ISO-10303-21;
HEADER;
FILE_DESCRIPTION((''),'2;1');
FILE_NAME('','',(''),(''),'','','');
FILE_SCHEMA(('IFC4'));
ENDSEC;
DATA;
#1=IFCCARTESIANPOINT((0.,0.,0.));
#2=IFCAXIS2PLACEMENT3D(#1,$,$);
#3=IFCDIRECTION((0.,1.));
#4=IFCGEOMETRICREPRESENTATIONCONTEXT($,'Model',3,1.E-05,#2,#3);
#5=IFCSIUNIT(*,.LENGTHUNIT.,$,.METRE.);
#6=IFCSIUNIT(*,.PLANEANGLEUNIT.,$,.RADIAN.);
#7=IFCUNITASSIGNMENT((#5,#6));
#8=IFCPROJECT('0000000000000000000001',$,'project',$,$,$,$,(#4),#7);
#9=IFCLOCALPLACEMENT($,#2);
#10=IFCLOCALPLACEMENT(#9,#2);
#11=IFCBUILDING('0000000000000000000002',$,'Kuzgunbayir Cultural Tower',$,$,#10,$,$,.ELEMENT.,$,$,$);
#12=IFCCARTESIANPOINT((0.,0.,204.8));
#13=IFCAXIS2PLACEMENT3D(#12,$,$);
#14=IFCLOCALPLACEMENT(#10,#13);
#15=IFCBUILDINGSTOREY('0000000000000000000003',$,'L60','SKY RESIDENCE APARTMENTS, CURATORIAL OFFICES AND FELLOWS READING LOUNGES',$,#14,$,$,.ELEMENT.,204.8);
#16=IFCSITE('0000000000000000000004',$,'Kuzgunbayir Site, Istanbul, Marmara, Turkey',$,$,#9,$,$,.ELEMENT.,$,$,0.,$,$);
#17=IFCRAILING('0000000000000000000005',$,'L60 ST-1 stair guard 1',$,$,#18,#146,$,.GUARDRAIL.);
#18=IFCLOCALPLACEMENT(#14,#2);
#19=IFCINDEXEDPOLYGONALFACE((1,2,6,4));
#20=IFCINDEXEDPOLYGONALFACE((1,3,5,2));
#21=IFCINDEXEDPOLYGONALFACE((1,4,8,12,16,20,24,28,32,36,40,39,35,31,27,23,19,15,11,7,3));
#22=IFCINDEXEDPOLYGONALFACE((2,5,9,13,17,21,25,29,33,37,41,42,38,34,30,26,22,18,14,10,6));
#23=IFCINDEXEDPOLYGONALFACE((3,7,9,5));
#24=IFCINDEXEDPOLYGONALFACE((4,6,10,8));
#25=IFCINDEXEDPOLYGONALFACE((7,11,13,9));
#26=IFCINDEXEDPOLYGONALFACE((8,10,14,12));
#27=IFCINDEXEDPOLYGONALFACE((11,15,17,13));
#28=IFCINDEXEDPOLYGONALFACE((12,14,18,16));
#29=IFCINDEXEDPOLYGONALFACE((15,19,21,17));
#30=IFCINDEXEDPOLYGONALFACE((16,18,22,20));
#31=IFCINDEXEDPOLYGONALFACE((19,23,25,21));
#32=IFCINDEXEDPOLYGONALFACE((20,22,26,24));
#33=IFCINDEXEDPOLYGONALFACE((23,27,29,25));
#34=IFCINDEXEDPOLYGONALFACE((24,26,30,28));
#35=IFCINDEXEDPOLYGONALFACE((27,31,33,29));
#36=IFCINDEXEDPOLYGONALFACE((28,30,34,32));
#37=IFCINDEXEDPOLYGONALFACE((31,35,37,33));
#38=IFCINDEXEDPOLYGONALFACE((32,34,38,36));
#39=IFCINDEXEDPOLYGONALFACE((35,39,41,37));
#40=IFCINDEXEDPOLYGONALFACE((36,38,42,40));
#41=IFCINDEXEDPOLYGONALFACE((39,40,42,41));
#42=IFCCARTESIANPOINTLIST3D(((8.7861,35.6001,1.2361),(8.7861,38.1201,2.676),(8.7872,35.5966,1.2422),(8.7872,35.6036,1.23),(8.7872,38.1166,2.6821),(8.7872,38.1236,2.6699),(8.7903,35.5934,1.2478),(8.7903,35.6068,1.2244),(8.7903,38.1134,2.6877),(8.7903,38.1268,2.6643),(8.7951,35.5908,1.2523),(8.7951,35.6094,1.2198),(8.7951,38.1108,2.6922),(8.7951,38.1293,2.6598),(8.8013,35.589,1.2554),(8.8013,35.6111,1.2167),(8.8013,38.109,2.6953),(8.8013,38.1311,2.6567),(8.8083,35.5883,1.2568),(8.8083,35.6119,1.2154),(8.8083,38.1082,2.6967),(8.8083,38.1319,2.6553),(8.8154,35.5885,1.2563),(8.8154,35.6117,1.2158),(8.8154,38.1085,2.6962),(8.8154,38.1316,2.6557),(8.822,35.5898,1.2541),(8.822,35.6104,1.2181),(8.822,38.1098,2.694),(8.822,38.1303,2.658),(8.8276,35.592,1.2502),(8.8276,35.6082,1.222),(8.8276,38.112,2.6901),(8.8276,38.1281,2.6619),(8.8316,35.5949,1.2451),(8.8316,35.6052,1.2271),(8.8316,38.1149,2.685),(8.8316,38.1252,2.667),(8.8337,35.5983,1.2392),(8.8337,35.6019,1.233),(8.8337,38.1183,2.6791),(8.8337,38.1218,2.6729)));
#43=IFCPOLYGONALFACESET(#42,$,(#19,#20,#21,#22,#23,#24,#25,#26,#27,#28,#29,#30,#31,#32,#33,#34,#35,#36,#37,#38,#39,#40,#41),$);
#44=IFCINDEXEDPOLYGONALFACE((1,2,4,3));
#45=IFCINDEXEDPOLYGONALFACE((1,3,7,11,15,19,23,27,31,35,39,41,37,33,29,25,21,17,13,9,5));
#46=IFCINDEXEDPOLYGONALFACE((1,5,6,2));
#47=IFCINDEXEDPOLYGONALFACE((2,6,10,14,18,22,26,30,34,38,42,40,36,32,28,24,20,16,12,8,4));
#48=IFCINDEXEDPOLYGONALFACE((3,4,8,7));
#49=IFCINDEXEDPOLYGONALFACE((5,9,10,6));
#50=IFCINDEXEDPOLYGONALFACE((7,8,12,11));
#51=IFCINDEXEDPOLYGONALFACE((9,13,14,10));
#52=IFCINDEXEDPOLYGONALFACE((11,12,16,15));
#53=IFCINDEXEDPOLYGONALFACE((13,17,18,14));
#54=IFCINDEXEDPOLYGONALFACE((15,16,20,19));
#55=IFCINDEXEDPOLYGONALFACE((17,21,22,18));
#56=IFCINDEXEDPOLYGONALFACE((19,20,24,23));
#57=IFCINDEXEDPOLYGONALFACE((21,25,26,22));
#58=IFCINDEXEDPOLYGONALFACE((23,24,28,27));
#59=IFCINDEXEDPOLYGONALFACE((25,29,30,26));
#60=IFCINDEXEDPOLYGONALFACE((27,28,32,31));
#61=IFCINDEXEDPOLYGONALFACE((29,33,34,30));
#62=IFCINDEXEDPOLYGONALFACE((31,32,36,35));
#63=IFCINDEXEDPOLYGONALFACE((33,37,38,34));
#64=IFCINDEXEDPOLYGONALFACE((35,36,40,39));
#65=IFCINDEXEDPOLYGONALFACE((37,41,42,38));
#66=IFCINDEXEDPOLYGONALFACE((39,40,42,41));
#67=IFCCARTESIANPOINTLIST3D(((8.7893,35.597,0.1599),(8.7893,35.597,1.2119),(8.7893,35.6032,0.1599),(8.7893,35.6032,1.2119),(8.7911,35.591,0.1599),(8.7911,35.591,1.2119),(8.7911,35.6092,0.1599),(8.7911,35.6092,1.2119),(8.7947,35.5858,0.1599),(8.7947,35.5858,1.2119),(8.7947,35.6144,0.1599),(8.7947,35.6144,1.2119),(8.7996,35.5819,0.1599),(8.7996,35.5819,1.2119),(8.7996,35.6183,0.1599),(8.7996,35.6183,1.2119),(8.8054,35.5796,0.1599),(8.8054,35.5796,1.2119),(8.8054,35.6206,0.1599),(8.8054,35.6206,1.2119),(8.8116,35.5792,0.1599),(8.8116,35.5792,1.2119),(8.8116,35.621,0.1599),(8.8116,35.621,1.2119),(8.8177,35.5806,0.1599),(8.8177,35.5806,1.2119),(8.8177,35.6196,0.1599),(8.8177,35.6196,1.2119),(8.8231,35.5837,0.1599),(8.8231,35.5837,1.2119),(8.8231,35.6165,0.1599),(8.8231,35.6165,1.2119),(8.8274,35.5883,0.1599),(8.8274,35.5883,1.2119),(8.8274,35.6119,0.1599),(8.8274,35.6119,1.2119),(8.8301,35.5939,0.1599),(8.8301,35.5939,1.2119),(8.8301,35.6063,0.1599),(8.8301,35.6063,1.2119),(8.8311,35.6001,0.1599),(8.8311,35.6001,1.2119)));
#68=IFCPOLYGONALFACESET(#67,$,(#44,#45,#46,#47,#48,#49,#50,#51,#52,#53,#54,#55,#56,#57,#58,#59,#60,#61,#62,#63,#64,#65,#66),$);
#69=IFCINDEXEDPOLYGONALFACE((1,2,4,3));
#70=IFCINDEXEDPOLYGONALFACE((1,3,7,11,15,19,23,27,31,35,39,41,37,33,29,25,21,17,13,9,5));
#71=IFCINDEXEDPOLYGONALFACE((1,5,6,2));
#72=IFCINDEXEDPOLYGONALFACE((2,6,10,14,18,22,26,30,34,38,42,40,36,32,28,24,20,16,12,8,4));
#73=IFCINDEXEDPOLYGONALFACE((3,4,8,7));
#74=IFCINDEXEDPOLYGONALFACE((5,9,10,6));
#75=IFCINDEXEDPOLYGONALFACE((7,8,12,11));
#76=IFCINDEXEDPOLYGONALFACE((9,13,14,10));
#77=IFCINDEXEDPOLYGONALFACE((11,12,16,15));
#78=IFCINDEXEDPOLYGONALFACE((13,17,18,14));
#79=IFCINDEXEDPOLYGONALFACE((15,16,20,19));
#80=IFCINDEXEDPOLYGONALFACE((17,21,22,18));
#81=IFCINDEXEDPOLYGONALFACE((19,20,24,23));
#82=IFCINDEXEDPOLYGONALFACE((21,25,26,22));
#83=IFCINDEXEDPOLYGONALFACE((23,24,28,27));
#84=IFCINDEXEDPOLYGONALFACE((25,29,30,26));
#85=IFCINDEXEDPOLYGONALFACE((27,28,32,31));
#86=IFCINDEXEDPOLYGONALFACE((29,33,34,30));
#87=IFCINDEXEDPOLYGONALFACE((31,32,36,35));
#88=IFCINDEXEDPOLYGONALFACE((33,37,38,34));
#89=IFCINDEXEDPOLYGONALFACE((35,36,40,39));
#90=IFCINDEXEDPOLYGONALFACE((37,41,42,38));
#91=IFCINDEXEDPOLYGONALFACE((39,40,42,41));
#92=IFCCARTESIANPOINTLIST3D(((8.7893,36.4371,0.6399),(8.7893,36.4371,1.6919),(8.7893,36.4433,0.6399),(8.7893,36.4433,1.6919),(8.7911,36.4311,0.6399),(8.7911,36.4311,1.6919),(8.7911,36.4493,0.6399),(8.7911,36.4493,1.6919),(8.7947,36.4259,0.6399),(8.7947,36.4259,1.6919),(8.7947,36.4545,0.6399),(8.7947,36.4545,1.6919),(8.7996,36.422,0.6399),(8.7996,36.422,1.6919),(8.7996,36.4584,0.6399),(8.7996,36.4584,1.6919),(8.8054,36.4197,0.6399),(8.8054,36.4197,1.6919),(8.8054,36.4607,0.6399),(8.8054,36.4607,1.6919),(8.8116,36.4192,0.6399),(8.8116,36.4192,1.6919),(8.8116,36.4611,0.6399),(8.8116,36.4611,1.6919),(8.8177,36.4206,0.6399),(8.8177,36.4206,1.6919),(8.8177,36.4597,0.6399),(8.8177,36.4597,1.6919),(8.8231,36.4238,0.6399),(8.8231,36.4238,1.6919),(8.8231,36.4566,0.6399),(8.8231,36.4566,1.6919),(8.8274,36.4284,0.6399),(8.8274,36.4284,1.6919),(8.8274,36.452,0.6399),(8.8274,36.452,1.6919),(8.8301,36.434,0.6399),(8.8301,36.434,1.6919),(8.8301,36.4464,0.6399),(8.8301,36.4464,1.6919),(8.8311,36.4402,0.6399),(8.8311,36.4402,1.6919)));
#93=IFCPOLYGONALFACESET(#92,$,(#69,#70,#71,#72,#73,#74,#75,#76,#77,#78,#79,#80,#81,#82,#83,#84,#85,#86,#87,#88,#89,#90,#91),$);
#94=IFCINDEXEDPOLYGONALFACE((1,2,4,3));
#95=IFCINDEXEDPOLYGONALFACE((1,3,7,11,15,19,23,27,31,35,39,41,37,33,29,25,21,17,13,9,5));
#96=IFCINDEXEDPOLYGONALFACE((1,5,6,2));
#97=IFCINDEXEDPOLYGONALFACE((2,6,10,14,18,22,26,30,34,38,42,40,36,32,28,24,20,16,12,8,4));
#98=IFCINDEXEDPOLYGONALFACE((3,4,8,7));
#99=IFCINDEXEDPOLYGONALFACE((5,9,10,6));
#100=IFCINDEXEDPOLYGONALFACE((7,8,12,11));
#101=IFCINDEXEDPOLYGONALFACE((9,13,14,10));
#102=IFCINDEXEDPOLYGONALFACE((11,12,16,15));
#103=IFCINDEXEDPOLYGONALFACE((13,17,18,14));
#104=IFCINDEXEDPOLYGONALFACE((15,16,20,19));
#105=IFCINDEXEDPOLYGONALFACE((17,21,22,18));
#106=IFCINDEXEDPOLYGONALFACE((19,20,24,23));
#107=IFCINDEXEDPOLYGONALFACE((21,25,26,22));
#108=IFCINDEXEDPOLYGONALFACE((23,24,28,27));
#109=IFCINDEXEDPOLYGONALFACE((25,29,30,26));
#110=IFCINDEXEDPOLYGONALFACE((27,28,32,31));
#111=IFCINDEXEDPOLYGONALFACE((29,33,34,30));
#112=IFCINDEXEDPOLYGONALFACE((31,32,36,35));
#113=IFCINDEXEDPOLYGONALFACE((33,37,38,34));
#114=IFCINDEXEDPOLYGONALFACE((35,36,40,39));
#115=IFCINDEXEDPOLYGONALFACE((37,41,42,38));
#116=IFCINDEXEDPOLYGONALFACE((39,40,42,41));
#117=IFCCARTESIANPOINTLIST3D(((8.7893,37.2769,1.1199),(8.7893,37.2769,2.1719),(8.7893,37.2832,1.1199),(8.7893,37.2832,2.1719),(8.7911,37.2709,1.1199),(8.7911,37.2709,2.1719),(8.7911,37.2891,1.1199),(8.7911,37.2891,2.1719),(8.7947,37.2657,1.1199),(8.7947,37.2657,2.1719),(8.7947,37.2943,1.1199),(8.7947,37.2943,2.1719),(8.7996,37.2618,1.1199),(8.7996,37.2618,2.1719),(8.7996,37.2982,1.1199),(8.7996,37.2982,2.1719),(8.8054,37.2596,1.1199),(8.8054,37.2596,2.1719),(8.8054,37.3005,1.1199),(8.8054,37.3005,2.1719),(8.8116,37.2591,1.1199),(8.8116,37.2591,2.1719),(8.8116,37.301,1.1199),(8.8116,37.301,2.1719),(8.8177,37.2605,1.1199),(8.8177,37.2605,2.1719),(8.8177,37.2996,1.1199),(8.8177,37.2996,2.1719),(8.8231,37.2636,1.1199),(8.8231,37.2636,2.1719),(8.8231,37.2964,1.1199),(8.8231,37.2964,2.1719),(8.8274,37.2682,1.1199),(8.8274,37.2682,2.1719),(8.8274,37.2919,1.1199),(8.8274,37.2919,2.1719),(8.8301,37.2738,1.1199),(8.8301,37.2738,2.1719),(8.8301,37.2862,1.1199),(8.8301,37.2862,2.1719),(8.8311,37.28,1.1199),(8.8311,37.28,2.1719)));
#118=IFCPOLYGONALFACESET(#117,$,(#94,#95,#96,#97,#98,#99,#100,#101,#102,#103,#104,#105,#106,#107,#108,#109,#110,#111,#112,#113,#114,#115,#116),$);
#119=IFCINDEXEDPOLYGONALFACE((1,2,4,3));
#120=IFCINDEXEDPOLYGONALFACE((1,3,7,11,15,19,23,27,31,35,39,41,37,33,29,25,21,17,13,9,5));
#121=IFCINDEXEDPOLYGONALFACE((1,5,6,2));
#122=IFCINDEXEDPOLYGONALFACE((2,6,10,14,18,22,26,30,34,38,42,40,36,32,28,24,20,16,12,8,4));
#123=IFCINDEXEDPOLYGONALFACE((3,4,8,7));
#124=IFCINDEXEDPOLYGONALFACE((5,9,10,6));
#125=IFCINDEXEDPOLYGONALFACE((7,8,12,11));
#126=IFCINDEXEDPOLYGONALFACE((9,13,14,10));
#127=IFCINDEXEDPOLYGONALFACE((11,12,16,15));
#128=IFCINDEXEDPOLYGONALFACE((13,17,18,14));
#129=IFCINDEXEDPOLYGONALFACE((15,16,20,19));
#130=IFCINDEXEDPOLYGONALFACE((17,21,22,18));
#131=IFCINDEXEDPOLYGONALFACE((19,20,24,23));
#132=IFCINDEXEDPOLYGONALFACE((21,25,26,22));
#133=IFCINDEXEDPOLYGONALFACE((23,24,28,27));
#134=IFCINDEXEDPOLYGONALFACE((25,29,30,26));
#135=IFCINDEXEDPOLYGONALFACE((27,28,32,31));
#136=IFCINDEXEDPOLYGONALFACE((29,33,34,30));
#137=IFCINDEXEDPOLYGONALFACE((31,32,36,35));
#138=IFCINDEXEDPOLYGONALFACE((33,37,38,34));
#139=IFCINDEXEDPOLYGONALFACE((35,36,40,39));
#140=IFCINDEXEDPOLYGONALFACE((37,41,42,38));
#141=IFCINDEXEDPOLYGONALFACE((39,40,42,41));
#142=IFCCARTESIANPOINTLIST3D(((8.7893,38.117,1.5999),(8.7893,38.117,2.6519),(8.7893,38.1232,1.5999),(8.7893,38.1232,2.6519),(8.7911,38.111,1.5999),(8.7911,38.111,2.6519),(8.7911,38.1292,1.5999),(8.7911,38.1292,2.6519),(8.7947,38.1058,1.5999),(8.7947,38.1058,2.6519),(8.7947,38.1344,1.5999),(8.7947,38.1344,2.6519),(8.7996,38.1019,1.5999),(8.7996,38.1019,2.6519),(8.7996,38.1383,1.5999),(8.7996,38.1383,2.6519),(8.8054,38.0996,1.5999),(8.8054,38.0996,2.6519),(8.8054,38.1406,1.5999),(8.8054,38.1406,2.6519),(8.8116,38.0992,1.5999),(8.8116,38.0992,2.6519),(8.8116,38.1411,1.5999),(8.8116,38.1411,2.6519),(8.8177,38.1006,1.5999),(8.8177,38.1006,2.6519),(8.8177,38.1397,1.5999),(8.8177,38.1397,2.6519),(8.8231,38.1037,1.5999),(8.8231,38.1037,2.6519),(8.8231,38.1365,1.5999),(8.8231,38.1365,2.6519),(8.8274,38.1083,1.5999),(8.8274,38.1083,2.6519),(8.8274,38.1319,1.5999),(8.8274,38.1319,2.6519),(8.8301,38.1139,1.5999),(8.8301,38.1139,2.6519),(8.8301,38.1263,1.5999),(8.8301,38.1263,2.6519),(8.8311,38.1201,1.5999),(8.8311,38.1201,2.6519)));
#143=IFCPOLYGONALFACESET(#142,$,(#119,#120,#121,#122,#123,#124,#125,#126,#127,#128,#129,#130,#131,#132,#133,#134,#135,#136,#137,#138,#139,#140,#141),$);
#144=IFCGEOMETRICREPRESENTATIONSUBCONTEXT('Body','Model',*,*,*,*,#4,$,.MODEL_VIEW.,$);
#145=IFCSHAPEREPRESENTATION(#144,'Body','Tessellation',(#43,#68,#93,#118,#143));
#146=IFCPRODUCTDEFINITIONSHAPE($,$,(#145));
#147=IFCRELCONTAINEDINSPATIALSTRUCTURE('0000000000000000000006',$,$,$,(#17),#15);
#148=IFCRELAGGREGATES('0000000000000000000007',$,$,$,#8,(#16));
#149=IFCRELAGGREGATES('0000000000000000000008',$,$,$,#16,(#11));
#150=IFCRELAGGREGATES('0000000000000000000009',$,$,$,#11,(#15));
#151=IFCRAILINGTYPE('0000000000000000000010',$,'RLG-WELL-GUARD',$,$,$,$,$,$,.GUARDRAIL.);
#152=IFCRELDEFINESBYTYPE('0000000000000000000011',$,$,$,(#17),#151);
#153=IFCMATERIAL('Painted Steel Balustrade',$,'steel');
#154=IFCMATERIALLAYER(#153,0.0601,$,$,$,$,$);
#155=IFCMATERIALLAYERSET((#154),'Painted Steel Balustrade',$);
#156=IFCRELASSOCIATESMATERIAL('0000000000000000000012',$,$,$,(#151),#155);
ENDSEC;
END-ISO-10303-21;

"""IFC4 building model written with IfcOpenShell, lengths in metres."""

from ifc_helpers import new_model, si_unit, direction, frame, origin, origin_2d, place, context, subcontext, project, spatial, circle, extrude, material, layer, layer_set, type_object, element, save


model = new_model("IFC4")

# Units and contexts
model_context = context("Model", 3, precision=1e-05, world=origin(), true_north=direction((0.0, 1.0)))
body_context = subcontext(model_context, "Body", "Model", "MODEL_VIEW")
ifc_project = project(units=[si_unit("LENGTHUNIT", "METRE"), si_unit("PLANEANGLEUNIT", "RADIAN")], contexts=[model_context])

# Site, building, storey
site_placement = place(None, origin())
site = spatial("IfcSite", under=ifc_project, at=site_placement, Name="Kuzgunbayir Site, Istanbul, Marmara, Turkey", CompositionType="ELEMENT", RefElevation=0.0)
building_placement = place(site_placement, origin())
building = spatial("IfcBuilding", under=site, at=building_placement, Name="Kuzgunbayir Cultural Tower", CompositionType="ELEMENT")
storey_placement = place(building_placement, frame((0.0, 0.0, 204.8)))
storey = spatial("IfcBuildingStorey", under=building, at=storey_placement, Name="L60", Description="SKY RESIDENCE APARTMENTS, CURATORIAL OFFICES AND FELLOWS READING LOUNGES", CompositionType="ELEMENT", Elevation=204.8)

# Railing
ifc_material_1 = material(Name="Painted Steel Balustrade", Category="steel")
ifc_layer_1 = layer(ifc_material_1, 0.0601)
ifc_layer_set_1 = layer_set([ifc_layer_1], Name="Painted Steel Balustrade")
railing_type_1 = type_object("IfcRailingType", Name="RLG-WELL-GUARD", PredefinedType="GUARDRAIL", material=ifc_layer_set_1)
railing_1_placement = place(storey_placement, frame((8.8101, 35.6001, 0.1599)))
element("IfcRailing", 1, at=railing_1_placement, inside=storey, type_object=railing_type_1, Name="L60 ST-1 stair guard 1", PredefinedType="GUARDRAIL", context=body_context, shape_type="SweptSolid", body=[
    extrude(circle(Radius=0.0239, at=origin_2d()), frame((0.0, 0.0, 1.0762), z_axis=(0.0, 0.868253, 0.496121), x_axis=(-1.0, 0.0, 0.0)), (0.0, 0.0, 1.0), 2.9023),
    extrude(circle(Radius=0.021, at=origin_2d()), origin(), (0.0, 0.0, 1.0), 1.052),
    extrude(circle(Radius=0.021, at=origin_2d()), frame((0.0, 0.8401, 0.48)), (0.0, 0.0, 1.0), 1.052),
    extrude(circle(Radius=0.021, at=origin_2d()), frame((0.0, 1.6799, 0.96)), (0.0, 0.0, 1.0), 1.052),
    extrude(circle(Radius=0.021, at=origin_2d()), frame((0.0, 2.52, 1.4399)), (0.0, 0.0, 1.0), 1.052),
])

save(model, "model.ifc")
